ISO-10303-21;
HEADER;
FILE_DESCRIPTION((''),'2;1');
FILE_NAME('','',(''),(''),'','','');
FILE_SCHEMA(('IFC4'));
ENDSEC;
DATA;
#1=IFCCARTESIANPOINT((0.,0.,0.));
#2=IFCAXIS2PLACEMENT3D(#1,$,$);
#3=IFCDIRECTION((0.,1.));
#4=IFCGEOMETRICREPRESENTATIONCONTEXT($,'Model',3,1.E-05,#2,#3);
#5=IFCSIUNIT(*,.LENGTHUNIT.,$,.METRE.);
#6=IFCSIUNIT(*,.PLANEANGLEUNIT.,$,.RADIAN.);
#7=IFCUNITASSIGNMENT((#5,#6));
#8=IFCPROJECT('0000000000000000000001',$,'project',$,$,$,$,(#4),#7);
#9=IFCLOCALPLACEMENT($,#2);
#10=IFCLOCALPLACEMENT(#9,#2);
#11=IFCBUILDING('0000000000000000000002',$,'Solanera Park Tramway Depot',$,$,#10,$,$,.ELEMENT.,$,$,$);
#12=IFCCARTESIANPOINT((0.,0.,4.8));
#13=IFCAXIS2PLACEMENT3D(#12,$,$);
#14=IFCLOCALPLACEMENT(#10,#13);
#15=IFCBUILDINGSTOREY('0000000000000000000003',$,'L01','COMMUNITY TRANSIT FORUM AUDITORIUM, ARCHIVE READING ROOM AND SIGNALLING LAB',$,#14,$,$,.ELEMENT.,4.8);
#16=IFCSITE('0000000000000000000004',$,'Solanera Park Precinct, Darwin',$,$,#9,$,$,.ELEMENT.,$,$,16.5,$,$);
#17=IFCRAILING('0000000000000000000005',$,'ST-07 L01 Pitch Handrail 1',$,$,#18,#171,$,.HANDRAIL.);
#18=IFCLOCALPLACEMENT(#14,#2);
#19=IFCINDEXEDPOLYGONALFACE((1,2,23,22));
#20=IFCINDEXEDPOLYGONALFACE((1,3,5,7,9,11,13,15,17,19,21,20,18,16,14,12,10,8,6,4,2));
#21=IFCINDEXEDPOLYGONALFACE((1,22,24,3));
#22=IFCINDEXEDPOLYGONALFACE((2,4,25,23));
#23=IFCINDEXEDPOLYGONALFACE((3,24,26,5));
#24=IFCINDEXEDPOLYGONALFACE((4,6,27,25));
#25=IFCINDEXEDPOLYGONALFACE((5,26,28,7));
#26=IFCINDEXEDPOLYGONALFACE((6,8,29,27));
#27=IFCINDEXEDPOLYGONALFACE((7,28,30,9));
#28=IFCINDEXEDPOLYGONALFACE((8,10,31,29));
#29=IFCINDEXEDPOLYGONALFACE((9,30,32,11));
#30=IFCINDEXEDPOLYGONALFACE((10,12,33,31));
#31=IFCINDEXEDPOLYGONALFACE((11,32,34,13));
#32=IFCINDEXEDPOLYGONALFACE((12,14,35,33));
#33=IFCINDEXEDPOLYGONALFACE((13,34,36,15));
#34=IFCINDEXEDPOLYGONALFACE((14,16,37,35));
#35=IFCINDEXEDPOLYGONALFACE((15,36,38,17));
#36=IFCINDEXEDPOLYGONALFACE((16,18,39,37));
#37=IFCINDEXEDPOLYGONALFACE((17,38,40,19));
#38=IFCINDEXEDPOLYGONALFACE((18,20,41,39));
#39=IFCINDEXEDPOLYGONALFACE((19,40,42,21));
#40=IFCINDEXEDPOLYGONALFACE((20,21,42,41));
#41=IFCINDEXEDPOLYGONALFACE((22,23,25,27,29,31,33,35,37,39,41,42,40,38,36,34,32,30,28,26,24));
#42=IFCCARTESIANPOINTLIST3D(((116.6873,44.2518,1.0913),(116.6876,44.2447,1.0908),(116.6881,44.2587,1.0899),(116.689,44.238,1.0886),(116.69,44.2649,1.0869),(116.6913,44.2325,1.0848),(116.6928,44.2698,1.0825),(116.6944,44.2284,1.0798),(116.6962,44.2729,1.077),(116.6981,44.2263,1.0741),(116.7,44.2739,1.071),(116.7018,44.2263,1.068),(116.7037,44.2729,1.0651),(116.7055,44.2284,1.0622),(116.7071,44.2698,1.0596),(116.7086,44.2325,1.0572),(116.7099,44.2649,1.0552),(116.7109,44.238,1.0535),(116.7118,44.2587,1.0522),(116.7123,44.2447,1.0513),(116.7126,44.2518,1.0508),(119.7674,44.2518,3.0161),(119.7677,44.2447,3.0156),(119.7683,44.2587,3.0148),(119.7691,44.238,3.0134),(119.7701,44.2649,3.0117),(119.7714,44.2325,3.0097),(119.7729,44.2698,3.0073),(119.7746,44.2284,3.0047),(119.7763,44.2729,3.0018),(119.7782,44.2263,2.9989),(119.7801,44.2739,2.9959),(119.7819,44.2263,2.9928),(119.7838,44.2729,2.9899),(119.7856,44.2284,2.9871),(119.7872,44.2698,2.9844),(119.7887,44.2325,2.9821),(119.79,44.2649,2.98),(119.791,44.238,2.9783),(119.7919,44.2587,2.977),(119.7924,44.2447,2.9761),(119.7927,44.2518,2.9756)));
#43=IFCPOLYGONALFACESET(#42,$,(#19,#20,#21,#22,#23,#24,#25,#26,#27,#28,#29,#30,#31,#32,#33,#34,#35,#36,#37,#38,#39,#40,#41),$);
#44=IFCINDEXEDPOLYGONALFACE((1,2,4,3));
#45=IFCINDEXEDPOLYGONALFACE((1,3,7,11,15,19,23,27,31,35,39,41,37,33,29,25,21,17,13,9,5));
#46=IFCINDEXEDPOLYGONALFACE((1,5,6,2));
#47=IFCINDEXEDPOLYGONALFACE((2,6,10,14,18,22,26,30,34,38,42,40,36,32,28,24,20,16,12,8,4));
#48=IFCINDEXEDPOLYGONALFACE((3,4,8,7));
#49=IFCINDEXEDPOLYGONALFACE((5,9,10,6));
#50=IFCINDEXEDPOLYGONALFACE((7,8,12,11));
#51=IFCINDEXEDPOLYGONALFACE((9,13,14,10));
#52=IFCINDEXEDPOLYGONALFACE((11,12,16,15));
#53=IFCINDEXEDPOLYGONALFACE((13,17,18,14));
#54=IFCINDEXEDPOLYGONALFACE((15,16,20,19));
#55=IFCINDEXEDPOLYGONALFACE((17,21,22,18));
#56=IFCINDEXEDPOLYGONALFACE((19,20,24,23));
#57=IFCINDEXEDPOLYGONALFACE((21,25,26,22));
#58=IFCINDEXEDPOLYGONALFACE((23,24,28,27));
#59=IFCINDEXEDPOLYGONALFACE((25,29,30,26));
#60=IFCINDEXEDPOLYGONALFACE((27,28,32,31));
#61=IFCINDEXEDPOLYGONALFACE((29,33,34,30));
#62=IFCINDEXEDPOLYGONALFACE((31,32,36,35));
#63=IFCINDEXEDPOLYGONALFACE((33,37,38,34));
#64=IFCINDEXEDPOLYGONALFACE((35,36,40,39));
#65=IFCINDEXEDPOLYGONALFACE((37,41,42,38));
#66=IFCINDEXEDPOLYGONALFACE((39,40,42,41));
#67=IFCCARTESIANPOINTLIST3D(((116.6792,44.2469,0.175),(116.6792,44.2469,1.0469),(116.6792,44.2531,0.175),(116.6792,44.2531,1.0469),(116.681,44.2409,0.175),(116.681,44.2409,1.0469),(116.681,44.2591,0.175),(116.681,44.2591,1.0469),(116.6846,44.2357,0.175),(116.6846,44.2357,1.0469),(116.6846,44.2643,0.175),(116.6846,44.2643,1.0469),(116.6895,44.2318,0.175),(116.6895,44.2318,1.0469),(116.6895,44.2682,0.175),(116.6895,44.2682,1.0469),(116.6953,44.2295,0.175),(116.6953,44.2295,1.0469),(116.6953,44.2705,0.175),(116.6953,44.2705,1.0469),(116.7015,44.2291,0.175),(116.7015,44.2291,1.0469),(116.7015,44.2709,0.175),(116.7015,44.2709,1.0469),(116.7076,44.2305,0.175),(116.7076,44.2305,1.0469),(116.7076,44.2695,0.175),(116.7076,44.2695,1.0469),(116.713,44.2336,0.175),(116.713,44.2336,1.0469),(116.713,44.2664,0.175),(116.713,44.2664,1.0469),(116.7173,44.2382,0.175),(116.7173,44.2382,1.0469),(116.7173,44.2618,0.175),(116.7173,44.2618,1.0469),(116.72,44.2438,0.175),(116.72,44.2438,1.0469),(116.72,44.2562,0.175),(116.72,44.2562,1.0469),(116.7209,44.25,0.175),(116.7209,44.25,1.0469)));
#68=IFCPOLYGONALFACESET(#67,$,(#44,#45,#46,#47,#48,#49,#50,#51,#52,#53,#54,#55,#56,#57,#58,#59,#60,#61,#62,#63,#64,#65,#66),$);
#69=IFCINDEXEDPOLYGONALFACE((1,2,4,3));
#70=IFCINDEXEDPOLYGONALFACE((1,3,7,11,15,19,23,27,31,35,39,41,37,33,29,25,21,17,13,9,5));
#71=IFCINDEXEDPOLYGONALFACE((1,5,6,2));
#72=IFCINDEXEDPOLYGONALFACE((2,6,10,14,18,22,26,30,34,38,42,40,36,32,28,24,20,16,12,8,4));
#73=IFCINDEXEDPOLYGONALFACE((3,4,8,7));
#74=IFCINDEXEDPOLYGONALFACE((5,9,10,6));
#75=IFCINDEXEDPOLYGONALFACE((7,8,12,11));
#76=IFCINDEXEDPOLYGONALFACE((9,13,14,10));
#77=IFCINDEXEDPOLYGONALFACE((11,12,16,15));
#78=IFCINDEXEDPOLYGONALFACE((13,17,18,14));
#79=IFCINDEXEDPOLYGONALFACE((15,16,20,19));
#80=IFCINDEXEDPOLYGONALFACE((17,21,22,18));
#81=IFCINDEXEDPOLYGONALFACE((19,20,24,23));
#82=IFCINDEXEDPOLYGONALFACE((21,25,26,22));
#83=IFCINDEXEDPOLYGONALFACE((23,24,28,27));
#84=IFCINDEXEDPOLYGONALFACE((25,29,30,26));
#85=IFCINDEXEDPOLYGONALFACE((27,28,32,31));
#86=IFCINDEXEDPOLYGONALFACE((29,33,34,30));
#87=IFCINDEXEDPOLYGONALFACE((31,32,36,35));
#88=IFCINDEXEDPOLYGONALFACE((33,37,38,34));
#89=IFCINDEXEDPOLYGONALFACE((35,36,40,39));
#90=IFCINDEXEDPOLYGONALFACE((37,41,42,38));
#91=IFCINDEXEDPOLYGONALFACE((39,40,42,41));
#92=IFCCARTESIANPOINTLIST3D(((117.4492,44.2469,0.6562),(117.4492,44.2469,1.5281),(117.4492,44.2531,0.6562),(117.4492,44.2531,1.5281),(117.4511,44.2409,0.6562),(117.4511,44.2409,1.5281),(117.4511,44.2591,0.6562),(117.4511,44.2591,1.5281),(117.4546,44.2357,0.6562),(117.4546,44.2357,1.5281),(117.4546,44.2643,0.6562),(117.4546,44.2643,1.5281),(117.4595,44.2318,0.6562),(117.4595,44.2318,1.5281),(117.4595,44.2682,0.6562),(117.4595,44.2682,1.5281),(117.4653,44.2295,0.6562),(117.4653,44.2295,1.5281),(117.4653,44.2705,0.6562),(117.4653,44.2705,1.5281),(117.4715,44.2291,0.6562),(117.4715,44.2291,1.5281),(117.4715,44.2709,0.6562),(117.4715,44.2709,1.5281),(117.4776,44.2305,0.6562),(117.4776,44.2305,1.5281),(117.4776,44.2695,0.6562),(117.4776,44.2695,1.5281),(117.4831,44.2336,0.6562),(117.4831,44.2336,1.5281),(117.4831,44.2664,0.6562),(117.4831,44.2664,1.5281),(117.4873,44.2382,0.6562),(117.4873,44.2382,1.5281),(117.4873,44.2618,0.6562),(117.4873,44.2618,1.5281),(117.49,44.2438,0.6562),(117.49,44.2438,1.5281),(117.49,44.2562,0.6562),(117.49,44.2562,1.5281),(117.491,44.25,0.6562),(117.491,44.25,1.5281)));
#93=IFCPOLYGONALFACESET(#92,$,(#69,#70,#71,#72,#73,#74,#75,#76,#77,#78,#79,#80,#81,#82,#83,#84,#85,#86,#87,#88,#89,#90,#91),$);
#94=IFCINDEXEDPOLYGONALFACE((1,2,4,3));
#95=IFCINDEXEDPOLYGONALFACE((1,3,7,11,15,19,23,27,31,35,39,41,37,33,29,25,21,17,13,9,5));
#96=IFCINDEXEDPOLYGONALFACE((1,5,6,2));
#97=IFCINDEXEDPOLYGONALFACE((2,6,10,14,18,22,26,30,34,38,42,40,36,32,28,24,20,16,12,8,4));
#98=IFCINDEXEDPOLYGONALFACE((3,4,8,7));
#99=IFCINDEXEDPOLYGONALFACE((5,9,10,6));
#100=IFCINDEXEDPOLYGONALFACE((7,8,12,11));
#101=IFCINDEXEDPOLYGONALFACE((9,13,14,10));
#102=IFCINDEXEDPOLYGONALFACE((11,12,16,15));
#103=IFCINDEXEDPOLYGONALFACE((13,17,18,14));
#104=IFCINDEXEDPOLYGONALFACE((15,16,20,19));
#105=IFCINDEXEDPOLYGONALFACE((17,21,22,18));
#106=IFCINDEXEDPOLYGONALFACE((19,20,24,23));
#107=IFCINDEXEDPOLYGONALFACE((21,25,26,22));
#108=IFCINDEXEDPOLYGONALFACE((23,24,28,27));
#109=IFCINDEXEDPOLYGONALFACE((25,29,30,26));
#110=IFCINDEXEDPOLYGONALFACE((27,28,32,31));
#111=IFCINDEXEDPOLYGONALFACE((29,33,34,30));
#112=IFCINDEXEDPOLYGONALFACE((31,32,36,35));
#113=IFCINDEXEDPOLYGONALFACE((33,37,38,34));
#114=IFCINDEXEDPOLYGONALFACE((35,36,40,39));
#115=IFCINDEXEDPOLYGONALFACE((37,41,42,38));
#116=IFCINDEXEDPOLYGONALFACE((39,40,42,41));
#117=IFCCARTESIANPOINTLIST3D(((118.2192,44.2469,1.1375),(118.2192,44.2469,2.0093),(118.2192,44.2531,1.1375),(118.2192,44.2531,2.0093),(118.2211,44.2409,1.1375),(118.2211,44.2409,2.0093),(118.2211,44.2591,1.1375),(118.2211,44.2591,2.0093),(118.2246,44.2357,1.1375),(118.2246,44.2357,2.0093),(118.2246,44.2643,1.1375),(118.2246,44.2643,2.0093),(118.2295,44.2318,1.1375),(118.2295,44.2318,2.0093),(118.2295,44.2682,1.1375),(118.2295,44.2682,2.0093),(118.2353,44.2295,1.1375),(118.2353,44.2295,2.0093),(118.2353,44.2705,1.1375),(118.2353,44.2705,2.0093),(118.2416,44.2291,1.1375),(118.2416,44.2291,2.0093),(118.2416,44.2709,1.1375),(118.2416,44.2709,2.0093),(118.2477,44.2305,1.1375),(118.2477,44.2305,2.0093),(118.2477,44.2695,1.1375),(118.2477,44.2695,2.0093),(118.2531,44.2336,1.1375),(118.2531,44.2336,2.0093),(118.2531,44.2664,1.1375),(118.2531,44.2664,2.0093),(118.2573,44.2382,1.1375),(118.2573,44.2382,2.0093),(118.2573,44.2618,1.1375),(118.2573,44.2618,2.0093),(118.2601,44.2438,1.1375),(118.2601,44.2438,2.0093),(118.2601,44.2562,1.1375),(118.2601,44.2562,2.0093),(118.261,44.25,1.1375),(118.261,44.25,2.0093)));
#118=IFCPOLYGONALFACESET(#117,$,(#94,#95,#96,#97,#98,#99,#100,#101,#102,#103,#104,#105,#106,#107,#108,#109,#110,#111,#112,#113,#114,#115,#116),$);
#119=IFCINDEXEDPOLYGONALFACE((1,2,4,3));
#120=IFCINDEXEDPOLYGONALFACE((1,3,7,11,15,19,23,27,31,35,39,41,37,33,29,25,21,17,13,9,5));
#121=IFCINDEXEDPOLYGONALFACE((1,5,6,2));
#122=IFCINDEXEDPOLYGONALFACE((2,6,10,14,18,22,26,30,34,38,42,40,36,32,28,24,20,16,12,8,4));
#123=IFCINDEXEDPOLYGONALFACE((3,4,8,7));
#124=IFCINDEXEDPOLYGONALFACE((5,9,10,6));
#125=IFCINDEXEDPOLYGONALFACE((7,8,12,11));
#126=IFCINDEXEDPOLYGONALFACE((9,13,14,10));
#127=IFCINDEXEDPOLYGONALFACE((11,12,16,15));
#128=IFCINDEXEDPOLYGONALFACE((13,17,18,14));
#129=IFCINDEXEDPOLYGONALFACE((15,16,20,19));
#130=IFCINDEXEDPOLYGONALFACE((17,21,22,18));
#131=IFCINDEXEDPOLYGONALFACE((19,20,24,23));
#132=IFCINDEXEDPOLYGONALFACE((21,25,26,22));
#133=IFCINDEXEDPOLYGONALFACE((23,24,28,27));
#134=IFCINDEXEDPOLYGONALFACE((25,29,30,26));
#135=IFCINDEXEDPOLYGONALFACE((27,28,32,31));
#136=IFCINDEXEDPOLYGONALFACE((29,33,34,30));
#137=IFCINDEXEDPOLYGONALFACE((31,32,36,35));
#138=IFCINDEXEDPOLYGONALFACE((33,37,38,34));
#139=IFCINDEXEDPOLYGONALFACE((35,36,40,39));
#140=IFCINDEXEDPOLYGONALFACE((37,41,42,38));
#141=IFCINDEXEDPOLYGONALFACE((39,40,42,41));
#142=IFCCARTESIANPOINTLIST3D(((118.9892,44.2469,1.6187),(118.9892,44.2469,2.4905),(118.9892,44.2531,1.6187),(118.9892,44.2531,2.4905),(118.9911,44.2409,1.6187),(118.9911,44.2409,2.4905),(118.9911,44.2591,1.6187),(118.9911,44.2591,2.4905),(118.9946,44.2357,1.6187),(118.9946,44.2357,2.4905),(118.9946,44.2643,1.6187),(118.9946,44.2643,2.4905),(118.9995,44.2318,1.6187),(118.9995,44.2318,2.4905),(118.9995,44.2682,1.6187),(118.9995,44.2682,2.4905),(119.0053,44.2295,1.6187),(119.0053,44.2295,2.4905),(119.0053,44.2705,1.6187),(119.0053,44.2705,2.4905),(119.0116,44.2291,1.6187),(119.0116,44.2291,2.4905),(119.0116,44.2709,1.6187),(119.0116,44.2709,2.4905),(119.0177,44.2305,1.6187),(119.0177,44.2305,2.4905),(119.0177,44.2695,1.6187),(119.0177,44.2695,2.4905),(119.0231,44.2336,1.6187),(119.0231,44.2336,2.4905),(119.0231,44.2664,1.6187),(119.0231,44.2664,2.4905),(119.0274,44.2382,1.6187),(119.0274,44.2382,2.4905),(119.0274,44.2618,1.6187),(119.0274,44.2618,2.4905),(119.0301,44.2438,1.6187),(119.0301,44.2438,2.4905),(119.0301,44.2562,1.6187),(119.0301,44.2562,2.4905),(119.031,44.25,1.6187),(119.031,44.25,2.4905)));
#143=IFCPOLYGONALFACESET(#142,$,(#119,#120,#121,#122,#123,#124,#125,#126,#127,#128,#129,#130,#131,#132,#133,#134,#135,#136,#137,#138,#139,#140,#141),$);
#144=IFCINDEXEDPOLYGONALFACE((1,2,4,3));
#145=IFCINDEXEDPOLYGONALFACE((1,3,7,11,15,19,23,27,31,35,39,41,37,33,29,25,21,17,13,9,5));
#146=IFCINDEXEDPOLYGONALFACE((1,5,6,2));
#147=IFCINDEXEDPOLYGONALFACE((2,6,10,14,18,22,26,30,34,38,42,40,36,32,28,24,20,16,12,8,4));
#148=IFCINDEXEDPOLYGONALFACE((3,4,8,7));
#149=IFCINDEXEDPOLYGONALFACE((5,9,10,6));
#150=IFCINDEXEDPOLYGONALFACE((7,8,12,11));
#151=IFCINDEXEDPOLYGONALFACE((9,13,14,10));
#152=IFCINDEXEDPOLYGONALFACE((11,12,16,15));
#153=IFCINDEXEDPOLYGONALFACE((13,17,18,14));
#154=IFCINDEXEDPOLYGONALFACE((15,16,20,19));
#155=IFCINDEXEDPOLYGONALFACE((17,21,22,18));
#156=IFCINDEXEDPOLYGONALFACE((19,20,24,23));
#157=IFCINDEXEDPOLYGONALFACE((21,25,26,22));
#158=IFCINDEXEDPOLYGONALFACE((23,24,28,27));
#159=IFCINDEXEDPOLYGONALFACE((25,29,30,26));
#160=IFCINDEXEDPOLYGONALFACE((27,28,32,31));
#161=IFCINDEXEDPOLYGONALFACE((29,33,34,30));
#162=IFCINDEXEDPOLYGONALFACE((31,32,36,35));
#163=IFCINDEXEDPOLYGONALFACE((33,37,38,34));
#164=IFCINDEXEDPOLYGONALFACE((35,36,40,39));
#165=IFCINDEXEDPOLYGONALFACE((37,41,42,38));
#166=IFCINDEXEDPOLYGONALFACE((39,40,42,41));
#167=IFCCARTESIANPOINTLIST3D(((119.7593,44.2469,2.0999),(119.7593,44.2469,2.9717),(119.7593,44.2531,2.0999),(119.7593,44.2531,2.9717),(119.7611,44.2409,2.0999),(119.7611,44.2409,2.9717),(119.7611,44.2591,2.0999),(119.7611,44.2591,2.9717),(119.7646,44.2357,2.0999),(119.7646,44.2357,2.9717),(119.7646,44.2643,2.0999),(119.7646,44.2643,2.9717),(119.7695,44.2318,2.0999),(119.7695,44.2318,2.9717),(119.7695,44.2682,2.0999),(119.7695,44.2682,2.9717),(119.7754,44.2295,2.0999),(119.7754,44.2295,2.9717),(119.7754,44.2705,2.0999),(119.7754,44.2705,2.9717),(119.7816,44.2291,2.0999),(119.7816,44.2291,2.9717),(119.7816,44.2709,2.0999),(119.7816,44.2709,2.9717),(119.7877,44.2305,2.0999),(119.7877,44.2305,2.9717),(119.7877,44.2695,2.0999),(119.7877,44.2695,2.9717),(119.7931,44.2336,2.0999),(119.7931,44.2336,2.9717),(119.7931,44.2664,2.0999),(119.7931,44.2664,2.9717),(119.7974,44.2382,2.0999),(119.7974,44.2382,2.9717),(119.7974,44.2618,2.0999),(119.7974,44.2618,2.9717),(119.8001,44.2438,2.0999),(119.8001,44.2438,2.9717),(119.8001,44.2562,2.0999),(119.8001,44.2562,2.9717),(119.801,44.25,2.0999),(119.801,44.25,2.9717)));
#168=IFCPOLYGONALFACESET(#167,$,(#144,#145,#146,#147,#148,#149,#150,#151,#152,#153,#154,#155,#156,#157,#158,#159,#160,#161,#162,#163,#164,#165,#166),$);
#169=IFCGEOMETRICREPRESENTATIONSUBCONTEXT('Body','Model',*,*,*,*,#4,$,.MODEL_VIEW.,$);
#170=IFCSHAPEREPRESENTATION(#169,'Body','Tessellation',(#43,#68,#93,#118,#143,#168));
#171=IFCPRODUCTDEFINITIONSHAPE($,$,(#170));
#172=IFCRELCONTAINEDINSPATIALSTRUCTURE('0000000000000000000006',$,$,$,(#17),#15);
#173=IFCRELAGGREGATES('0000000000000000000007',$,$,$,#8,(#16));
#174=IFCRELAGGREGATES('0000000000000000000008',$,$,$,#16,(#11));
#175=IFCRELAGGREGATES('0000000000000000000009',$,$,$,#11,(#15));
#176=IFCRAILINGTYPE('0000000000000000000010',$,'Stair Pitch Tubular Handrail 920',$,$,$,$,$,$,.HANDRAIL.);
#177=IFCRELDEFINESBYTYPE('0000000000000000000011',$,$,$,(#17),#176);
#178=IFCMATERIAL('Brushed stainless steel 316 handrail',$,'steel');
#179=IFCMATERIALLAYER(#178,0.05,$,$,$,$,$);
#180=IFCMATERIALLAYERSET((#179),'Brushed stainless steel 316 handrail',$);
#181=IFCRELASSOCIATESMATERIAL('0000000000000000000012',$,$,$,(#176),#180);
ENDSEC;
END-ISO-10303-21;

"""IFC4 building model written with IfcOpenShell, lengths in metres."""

from ifc_helpers import new_model, si_unit, direction, frame, origin, origin_2d, place, context, subcontext, project, spatial, circle, extrude, material, layer, layer_set, type_object, element, save


model = new_model("IFC4")

# Units and contexts
model_context = context("Model", 3, precision=1e-05, world=origin(), true_north=direction((0.0, 1.0)))
body_context = subcontext(model_context, "Body", "Model", "MODEL_VIEW")
ifc_project = project(units=[si_unit("LENGTHUNIT", "METRE"), si_unit("PLANEANGLEUNIT", "RADIAN")], contexts=[model_context])

# Site, building, storey
site_placement = place(None, origin())
site = spatial("IfcSite", under=ifc_project, at=site_placement, Name="Solanera Park Precinct, Darwin", CompositionType="ELEMENT", RefElevation=16.5)
building_placement = place(site_placement, origin())
building = spatial("IfcBuilding", under=site, at=building_placement, Name="Solanera Park Tramway Depot", CompositionType="ELEMENT")
storey_placement = place(building_placement, frame((0.0, 0.0, 4.8)))
storey = spatial("IfcBuildingStorey", under=building, at=storey_placement, Name="L01", Description="COMMUNITY TRANSIT FORUM AUDITORIUM, ARCHIVE READING ROOM AND SIGNALLING LAB", CompositionType="ELEMENT", Elevation=4.8)

# Railing
ifc_material_1 = material(Name="Brushed stainless steel 316 handrail", Category="steel")
ifc_layer_1 = layer(ifc_material_1, 0.05)
ifc_layer_set_1 = layer_set([ifc_layer_1], Name="Brushed stainless steel 316 handrail")
railing_type_1 = type_object("IfcRailingType", Name="Stair Pitch Tubular Handrail 920", PredefinedType="HANDRAIL", material=ifc_layer_set_1)
railing_1_placement = place(storey_placement, frame((116.7, 44.25, 0.175)))
element("IfcRailing", 1, at=railing_1_placement, inside=storey, type_object=railing_type_1, Name="ST-07 L01 Pitch Handrail 1", PredefinedType="HANDRAIL", context=body_context, shape_type="SweptSolid", body=[
    extrude(circle(Radius=0.0239, at=origin_2d()), frame((0.0, 0.0, 0.896), z_axis=(0.848029, 0.0, 0.529951), x_axis=(0.0, 1.0, 0.0)), (0.0, 0.0, 1.0), 3.6321),
    extrude(circle(Radius=0.021, at=origin_2d()), origin(), (0.0, 0.0, 1.0), 0.8718),
    extrude(circle(Radius=0.021, at=origin_2d()), frame((0.77, 0.0, 0.4812)), (0.0, 0.0, 1.0), 0.8718),
    extrude(circle(Radius=0.021, at=origin_2d()), frame((1.54, 0.0, 0.9624)), (0.0, 0.0, 1.0), 0.8718),
    extrude(circle(Radius=0.021, at=origin_2d()), frame((2.3101, 0.0, 1.4436)), (0.0, 0.0, 1.0), 0.8718),
    extrude(circle(Radius=0.021, at=origin_2d()), frame((3.0801, 0.0, 1.9248)), (0.0, 0.0, 1.0), 0.8718),
])

save(model, "model.ifc")
